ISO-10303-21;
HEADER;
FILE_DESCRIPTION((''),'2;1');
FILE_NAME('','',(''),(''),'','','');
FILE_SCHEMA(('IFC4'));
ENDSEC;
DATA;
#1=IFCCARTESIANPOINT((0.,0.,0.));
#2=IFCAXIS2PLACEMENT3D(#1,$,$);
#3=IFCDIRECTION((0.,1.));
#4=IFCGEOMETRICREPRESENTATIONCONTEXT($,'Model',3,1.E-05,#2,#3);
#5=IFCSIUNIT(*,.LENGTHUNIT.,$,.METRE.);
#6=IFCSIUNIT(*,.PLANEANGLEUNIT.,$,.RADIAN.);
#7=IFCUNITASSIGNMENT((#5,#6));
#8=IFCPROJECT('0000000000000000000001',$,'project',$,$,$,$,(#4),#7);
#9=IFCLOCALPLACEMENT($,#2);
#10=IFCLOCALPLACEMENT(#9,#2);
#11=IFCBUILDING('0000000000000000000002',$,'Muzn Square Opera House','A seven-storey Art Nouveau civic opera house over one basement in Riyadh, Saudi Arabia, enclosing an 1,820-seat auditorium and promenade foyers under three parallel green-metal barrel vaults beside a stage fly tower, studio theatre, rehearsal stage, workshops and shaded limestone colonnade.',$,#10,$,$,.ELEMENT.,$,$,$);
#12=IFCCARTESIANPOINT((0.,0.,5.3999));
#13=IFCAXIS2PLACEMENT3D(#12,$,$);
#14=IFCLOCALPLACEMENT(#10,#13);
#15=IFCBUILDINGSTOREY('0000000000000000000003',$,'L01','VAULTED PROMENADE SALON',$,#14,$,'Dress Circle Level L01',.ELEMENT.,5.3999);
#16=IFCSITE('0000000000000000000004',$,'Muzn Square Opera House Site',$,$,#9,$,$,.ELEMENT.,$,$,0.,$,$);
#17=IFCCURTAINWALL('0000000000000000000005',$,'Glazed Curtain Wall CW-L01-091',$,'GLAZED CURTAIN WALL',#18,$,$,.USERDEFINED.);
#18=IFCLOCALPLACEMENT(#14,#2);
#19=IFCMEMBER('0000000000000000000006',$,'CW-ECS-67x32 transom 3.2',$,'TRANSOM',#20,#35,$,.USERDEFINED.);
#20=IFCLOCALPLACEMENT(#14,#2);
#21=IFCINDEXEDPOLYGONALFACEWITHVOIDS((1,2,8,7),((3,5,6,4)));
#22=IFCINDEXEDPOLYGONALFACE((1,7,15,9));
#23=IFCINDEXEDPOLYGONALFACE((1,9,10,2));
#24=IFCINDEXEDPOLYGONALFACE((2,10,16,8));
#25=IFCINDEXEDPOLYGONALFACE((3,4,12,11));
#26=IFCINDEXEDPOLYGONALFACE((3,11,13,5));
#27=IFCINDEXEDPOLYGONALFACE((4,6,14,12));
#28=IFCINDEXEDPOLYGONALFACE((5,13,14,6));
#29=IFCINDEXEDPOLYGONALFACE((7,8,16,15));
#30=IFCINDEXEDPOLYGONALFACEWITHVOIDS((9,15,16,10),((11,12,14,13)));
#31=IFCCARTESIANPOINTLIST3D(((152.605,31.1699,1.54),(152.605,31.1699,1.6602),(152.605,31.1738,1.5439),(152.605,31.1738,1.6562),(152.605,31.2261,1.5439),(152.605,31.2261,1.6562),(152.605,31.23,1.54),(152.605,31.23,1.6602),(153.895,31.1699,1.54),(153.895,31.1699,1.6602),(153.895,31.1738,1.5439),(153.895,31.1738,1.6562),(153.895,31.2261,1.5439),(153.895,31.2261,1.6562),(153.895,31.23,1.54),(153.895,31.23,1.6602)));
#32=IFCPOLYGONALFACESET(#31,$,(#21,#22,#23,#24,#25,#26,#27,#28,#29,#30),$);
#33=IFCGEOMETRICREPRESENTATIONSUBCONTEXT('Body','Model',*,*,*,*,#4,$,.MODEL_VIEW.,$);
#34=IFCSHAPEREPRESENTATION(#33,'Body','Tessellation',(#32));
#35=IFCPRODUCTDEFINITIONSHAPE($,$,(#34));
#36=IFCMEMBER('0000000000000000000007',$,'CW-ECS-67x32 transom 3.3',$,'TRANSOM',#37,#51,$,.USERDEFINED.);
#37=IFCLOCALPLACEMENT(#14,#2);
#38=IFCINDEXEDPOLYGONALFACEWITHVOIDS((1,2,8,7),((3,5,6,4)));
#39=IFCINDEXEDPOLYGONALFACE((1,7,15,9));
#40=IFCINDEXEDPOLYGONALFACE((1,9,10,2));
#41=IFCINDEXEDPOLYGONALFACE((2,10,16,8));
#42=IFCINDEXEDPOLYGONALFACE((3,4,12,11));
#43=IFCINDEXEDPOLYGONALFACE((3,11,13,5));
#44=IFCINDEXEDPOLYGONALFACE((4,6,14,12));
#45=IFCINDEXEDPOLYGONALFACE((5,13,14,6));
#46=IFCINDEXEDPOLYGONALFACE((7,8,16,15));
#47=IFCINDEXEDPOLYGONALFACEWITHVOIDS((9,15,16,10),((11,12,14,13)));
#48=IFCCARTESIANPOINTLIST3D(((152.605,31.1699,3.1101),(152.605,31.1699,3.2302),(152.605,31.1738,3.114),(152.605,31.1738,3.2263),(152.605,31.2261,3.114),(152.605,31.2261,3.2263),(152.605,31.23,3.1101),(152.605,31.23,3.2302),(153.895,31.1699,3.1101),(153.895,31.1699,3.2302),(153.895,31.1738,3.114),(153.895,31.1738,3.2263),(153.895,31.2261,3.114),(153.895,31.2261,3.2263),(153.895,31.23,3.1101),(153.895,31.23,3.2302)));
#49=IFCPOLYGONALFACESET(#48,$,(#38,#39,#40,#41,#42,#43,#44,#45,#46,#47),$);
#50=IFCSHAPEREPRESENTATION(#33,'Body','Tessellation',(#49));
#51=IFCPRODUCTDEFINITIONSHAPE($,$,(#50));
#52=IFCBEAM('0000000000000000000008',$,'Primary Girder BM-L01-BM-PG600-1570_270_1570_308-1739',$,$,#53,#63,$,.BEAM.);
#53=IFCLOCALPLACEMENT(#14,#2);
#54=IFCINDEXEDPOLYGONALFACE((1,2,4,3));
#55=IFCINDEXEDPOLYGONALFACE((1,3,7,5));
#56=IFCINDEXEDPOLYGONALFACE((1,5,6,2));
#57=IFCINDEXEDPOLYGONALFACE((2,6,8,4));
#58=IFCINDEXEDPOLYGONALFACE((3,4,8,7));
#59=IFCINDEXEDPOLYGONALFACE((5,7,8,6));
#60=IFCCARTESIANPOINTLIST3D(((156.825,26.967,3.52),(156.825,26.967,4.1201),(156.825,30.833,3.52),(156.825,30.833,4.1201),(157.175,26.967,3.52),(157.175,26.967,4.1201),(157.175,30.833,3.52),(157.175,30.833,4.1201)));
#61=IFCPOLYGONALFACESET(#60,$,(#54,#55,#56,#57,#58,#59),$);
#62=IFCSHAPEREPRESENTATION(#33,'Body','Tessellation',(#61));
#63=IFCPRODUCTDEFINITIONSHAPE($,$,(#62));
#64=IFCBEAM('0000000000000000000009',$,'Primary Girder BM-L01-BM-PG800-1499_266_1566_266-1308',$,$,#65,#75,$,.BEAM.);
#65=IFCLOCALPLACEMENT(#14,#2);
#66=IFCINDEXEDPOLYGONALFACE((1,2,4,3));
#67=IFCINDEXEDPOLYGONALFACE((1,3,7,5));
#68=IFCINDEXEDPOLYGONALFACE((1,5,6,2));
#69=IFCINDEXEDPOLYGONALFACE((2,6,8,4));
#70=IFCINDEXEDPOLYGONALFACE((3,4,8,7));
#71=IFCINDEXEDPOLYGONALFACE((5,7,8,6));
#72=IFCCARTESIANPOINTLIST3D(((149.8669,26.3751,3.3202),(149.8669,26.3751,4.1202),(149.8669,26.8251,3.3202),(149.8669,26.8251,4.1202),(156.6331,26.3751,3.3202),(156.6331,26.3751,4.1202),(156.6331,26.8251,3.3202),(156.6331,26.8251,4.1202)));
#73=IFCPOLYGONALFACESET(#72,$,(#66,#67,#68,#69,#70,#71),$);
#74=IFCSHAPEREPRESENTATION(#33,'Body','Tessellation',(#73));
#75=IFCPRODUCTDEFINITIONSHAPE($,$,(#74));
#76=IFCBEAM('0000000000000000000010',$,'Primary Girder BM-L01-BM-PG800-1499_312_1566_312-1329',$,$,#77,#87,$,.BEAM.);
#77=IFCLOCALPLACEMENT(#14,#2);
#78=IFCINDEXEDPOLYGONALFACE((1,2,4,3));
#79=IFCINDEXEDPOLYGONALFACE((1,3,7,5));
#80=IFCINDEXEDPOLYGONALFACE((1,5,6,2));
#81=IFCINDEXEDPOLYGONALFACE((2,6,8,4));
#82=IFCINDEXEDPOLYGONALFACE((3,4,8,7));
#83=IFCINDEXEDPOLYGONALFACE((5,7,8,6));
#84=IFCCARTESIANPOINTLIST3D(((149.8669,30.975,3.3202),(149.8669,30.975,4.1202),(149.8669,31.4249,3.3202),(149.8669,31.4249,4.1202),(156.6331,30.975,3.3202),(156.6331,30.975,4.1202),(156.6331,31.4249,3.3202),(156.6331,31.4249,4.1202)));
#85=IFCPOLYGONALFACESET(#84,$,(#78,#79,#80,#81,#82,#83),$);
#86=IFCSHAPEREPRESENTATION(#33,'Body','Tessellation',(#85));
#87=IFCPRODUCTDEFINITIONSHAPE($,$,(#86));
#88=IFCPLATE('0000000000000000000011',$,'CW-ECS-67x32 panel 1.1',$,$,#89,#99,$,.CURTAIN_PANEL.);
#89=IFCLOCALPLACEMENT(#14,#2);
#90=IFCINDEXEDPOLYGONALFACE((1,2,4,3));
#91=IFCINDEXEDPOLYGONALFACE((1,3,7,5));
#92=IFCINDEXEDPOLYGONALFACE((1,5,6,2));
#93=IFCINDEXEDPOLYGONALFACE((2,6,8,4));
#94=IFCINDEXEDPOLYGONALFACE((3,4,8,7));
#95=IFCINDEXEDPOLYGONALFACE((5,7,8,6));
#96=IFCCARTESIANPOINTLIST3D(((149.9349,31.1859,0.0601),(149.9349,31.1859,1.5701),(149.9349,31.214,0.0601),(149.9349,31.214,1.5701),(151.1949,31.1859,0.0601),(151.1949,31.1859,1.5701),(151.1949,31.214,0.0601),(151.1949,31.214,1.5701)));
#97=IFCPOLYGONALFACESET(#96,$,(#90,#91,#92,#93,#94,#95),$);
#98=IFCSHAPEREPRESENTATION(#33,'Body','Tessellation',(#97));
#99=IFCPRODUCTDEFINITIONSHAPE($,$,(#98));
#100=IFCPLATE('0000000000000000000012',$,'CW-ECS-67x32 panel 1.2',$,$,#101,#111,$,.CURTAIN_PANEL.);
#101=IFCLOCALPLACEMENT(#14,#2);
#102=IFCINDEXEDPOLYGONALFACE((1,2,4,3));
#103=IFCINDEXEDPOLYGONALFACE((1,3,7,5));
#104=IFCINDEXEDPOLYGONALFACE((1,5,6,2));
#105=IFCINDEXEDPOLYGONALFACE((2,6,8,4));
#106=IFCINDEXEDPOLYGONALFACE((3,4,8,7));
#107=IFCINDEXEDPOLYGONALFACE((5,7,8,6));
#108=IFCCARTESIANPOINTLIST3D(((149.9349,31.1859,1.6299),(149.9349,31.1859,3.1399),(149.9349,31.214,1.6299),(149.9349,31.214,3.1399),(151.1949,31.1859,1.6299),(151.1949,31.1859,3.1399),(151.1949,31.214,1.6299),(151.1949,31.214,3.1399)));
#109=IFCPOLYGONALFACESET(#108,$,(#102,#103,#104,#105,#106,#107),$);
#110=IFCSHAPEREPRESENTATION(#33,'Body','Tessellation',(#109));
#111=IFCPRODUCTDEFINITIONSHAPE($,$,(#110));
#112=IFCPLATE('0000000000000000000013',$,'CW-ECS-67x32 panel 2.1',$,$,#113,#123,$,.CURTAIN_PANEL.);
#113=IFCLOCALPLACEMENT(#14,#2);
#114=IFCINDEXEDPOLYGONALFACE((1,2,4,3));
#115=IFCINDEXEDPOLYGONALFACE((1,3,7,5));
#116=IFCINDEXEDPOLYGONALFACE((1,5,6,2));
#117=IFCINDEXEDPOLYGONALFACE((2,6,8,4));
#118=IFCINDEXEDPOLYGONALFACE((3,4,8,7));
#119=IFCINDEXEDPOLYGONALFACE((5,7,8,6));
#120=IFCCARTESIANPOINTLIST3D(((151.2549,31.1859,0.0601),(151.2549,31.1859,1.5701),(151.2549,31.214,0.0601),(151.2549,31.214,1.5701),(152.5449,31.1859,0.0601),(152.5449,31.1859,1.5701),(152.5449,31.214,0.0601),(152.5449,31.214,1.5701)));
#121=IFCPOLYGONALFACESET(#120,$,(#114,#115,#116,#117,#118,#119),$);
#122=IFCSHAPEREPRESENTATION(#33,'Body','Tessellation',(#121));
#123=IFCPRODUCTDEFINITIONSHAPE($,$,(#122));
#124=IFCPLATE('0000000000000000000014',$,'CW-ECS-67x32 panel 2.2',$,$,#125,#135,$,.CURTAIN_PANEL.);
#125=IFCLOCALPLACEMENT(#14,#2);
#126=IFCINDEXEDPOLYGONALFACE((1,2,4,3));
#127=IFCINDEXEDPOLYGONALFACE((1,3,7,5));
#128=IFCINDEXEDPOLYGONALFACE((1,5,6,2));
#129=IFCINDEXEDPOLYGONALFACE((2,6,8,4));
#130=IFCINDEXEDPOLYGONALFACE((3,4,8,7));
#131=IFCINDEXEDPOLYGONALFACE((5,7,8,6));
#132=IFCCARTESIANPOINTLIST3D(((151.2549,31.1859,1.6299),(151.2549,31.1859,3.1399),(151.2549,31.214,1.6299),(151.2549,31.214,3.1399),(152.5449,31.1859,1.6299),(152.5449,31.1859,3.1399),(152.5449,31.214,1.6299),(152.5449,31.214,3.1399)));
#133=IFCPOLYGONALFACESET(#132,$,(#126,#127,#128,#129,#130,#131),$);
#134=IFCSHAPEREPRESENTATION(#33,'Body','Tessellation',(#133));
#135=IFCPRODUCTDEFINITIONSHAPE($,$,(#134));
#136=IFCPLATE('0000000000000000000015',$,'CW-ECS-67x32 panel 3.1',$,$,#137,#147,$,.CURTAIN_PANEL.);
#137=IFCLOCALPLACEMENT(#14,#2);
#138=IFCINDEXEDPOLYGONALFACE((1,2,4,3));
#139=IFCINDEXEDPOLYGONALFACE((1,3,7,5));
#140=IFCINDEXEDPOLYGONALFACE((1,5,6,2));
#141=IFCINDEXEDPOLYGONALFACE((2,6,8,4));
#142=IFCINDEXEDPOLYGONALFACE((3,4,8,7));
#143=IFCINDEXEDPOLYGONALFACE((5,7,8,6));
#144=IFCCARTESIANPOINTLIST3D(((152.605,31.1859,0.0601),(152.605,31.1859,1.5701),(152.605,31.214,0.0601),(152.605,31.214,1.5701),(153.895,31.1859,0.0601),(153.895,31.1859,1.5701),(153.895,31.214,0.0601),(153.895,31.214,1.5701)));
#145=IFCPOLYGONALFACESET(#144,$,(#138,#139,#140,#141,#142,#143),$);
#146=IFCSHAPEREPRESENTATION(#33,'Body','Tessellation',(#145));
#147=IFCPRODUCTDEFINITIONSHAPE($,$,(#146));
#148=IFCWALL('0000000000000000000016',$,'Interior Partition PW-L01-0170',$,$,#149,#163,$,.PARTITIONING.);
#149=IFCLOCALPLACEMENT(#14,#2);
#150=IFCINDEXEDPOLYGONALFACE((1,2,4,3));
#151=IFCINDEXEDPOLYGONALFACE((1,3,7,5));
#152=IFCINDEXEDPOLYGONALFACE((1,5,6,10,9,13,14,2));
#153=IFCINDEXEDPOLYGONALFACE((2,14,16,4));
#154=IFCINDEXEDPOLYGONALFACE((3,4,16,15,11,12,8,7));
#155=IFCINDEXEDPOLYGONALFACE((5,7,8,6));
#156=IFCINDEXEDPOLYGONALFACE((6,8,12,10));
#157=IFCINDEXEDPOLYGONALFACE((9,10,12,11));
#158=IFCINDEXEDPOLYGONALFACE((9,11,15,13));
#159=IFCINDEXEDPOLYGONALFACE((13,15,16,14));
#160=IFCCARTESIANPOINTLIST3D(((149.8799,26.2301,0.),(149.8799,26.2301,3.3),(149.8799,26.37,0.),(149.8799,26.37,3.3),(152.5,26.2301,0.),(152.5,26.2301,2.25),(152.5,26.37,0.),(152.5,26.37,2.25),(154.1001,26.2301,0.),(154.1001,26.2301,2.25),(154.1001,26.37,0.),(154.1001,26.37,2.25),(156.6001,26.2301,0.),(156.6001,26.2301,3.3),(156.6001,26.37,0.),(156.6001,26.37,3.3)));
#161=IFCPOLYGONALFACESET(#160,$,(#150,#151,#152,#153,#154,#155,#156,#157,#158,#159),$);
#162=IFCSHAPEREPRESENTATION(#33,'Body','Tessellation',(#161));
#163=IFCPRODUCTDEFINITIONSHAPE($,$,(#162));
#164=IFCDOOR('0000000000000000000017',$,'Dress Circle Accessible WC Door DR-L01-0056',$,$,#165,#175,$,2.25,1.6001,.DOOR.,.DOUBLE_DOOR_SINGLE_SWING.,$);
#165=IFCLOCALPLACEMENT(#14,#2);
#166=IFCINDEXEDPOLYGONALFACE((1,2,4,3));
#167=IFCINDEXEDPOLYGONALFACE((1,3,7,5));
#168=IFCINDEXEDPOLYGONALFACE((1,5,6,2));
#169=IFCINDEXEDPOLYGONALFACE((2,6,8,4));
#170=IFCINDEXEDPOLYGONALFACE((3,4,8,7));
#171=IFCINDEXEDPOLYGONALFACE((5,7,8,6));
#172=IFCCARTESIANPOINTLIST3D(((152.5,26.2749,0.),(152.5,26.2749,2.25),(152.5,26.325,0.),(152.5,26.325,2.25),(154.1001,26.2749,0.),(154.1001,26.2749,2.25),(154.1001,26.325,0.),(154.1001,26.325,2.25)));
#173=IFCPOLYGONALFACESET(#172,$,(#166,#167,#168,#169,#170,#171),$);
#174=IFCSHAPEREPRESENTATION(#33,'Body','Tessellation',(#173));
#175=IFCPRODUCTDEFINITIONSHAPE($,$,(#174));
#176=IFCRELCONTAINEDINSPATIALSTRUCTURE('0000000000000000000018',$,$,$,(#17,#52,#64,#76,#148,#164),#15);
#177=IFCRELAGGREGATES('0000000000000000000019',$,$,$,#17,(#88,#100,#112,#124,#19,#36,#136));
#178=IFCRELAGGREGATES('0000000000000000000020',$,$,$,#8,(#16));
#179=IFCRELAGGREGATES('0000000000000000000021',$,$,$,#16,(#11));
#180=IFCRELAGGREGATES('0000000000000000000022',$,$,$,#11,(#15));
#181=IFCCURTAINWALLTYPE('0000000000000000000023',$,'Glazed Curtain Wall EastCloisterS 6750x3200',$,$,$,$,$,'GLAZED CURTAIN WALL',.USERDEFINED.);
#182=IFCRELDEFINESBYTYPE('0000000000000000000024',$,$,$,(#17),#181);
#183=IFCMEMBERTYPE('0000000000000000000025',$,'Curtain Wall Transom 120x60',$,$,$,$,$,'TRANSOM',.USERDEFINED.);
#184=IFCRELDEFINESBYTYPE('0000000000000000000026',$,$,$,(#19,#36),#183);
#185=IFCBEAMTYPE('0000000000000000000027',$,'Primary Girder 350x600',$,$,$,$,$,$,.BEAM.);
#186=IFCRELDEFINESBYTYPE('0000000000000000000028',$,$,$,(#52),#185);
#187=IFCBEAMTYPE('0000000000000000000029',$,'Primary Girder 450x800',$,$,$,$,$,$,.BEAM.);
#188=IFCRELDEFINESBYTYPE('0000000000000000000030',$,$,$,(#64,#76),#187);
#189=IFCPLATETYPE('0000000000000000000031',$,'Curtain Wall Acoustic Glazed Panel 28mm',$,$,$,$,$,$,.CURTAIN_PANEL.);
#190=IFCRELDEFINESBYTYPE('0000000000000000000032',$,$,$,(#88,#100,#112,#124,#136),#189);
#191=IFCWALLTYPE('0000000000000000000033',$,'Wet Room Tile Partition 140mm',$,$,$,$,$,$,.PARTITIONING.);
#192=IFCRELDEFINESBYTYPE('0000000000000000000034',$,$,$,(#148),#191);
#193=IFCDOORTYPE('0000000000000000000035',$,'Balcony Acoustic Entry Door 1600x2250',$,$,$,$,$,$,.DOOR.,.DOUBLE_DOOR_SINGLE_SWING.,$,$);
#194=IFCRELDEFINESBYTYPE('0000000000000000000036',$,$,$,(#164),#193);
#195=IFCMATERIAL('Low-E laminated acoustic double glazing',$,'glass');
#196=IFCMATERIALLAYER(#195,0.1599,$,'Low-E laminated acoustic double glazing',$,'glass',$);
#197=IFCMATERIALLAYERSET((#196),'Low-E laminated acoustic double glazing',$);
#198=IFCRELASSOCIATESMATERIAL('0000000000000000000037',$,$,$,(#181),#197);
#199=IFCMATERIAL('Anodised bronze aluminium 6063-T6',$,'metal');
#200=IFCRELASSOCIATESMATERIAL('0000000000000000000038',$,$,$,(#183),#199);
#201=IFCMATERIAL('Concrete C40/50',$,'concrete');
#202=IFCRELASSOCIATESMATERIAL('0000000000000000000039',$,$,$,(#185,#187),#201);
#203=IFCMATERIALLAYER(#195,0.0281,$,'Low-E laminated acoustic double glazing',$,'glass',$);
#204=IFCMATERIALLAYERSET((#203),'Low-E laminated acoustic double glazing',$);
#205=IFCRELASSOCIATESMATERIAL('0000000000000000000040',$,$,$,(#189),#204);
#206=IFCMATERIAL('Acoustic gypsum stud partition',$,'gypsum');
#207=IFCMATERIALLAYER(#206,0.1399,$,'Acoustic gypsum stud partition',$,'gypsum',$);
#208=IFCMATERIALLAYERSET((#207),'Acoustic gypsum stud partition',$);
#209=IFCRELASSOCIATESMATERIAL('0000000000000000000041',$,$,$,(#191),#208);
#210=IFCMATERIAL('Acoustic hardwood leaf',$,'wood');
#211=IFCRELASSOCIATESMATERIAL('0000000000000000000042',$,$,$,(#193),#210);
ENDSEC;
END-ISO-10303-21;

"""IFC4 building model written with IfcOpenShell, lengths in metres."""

from ifc_helpers import new_model, si_unit, direction, frame, frame_2d, origin, origin_2d, place, context, subcontext, project, spatial, rectangle, hollow_rectangle, extrude, material, layer, layer_set, material_profile, profile_set, type_object, element, fill, aggregate, save


model = new_model("IFC4")

# Units and contexts
model_context = context("Model", 3, precision=1e-05, world=origin(), true_north=direction((0.0, 1.0)))
body_context = subcontext(model_context, "Body", "Model", "MODEL_VIEW")
ifc_project = project(units=[si_unit("LENGTHUNIT", "METRE"), si_unit("PLANEANGLEUNIT", "RADIAN")], contexts=[model_context])

# Site, building, storey
site_placement = place(None, origin())
site = spatial("IfcSite", under=ifc_project, at=site_placement, Name="Muzn Square Opera House Site", CompositionType="ELEMENT", RefElevation=0.0)
building_placement = place(site_placement, origin())
building = spatial("IfcBuilding", under=site, at=building_placement, Name="Muzn Square Opera House", Description="A seven-storey Art Nouveau civic opera house over one basement in Riyadh, Saudi Arabia, enclosing an 1,820-seat auditorium and promenade foyers under three parallel green-metal barrel vaults beside a stage fly tower, studio theatre, rehearsal stage, workshops and shaded limestone colonnade.", CompositionType="ELEMENT")
storey_placement = place(building_placement, frame((0.0, 0.0, 5.3999)))
storey = spatial("IfcBuildingStorey", under=building, at=storey_placement, Name="L01", Description="VAULTED PROMENADE SALON", LongName="Dress Circle Level L01", CompositionType="ELEMENT", Elevation=5.3999)

# Curtain wall, members
ifc_material_1 = material(Name="Low-E laminated acoustic double glazing", Category="glass")
ifc_layer_1 = layer(ifc_material_1, 0.1599, Name="Low-E laminated acoustic double glazing", Category="glass")
ifc_layer_set_1 = layer_set([ifc_layer_1], Name="Low-E laminated acoustic double glazing")
curtain_wall_type = type_object("IfcCurtainWallType", Name="Glazed Curtain Wall EastCloisterS 6750x3200", ElementType="GLAZED CURTAIN WALL", PredefinedType="USERDEFINED", material=ifc_layer_set_1)
curtain_wall_placement = place(storey_placement, origin())
curtain_wall = element("IfcCurtainWall", 1, at=curtain_wall_placement, inside=storey, type_object=curtain_wall_type, Name="Glazed Curtain Wall CW-L01-091", ObjectType="GLAZED CURTAIN WALL", PredefinedType="USERDEFINED")
ifc_material_2 = material(Name="Anodised bronze aluminium 6063-T6", Category="metal")
ifc_material_profile_1 = material_profile(ifc_material_2, hollow_rectangle(XDim=0.0601, YDim=0.1201, WallThickness=0.0039, at=origin_2d()), Name="ALU 120x60x4", Category="metal")
ifc_profile_set_1 = profile_set([ifc_material_profile_1], Name="Anodised bronze aluminium 6063-T6")
member_type_1 = type_object("IfcMemberType", Name="Curtain Wall Transom 120x60", ElementType="TRANSOM", PredefinedType="USERDEFINED", material=ifc_profile_set_1)
member_1_placement = place(storey_placement, frame((152.605, 31.2, 1.6001), z_axis=(1.0, 0.0, 0.0), x_axis=(0.0, 1.0, 0.0)))
member_1 = element("IfcMember", 2, at=member_1_placement, type_object=member_type_1, Name="CW-ECS-67x32 transom 3.2", ObjectType="TRANSOM", PredefinedType="USERDEFINED", context=body_context, shape_type="SweptSolid", body=[
    extrude(hollow_rectangle(XDim=0.0601, YDim=0.1201, WallThickness=0.0039, at=origin_2d()), origin(), (0.0, 0.0, 1.0), 1.29),
])
member_2_placement = place(storey_placement, frame((152.605, 31.2, 3.1702), z_axis=(1.0, 0.0, 0.0), x_axis=(0.0, 1.0, 0.0)))
member_2 = element("IfcMember", 3, at=member_2_placement, type_object=member_type_1, Name="CW-ECS-67x32 transom 3.3", ObjectType="TRANSOM", PredefinedType="USERDEFINED", context=body_context, shape_type="SweptSolid", body=[
    extrude(hollow_rectangle(XDim=0.0601, YDim=0.1201, WallThickness=0.0039, at=origin_2d()), origin(), (0.0, 0.0, 1.0), 1.29),
])

# Beams
ifc_material_3 = material(Name="Concrete C40/50", Category="concrete")
ifc_material_profile_2 = material_profile(ifc_material_3, rectangle(XDim=0.3501, YDim=0.6001, at=origin_2d()), Name="RCB 350x600", Category="concrete")
ifc_profile_set_2 = profile_set([ifc_material_profile_2], Name="Concrete C40/50")
beam_type_1 = type_object("IfcBeamType", Name="Primary Girder 350x600", PredefinedType="BEAM", material=ifc_profile_set_2)
beam_placement = place(storey_placement, frame((157.0, 26.967, 3.8201), z_axis=(0.0, 1.0, 0.0), x_axis=(-1.0, 0.0, 0.0)))
element("IfcBeam", 4, at=beam_placement, inside=storey, type_object=beam_type_1, Name="Primary Girder BM-L01-BM-PG600-1570_270_1570_308-1739", PredefinedType="BEAM", context=body_context, shape_type="SweptSolid", body=[
    extrude(rectangle(XDim=0.3501, YDim=0.6001, at=origin_2d()), origin(), (0.0, 0.0, 1.0), 3.866),
])
ifc_material_profile_3 = material_profile(ifc_material_3, rectangle(XDim=0.45, YDim=0.8, at=origin_2d()), Name="RCB 450x800", Category="concrete")
ifc_profile_set_3 = profile_set([ifc_material_profile_3], Name="Concrete C40/50")
beam_type_2 = type_object("IfcBeamType", Name="Primary Girder 450x800", PredefinedType="BEAM", material=ifc_profile_set_3)
for number, where, z_axis, x_axis, name in (
    (5, (149.8669, 26.6001, 3.7202), (1.0, 0.0, 0.0), (0.0, 1.0, 0.0), "Primary Girder BM-L01-BM-PG800-1499_266_1566_266-1308"),
    (6, (149.8669, 31.2, 3.7202), (1.0, 0.0, 0.0), (0.0, 1.0, 0.0), "Primary Girder BM-L01-BM-PG800-1499_312_1566_312-1329"),
):
    element("IfcBeam", number, at=place(storey_placement, frame(where, z_axis=z_axis, x_axis=x_axis)), inside=storey, type_object=beam_type_2, Name=name, PredefinedType="BEAM", context=body_context, shape_type="SweptSolid", body=[
        extrude(rectangle(XDim=0.45, YDim=0.8, at=origin_2d()), origin(), (0.0, 0.0, 1.0), 6.7661),
    ])

# Plates
ifc_layer_2 = layer(ifc_material_1, 0.0281, Name="Low-E laminated acoustic double glazing", Category="glass")
ifc_layer_set_2 = layer_set([ifc_layer_2], Name="Low-E laminated acoustic double glazing")
plate_type = type_object("IfcPlateType", Name="Curtain Wall Acoustic Glazed Panel 28mm", PredefinedType="CURTAIN_PANEL", material=ifc_layer_set_2)
plate_1_placement = place(storey_placement, frame((150.5649, 31.2, 0.0601), z_axis=(0.0, 0.0, 1.0), x_axis=(1.0, 0.0, 0.0)))
plate_1 = element("IfcPlate", 7, at=plate_1_placement, type_object=plate_type, Name="CW-ECS-67x32 panel 1.1", PredefinedType="CURTAIN_PANEL", context=body_context, shape_type="SweptSolid", body=[
    extrude(rectangle(XDim=1.26, YDim=0.0281, at=origin_2d()), origin(), (0.0, 0.0, 1.0), 1.51),
])
plate_2_placement = place(storey_placement, frame((150.5649, 31.2, 1.6299), z_axis=(0.0, 0.0, 1.0), x_axis=(1.0, 0.0, 0.0)))
plate_2 = element("IfcPlate", 8, at=plate_2_placement, type_object=plate_type, Name="CW-ECS-67x32 panel 1.2", PredefinedType="CURTAIN_PANEL", context=body_context, shape_type="SweptSolid", body=[
    extrude(rectangle(XDim=1.26, YDim=0.0281, at=origin_2d()), origin(), (0.0, 0.0, 1.0), 1.51),
])
plate_3_placement = place(storey_placement, frame((151.8999, 31.2, 0.0601), z_axis=(0.0, 0.0, 1.0), x_axis=(1.0, 0.0, 0.0)))
plate_3 = element("IfcPlate", 9, at=plate_3_placement, type_object=plate_type, Name="CW-ECS-67x32 panel 2.1", PredefinedType="CURTAIN_PANEL", context=body_context, shape_type="SweptSolid", body=[
    extrude(rectangle(XDim=1.29, YDim=0.0281, at=origin_2d()), origin(), (0.0, 0.0, 1.0), 1.51),
])
plate_4_placement = place(storey_placement, frame((151.8999, 31.2, 1.6299), z_axis=(0.0, 0.0, 1.0), x_axis=(1.0, 0.0, 0.0)))
plate_4 = element("IfcPlate", 10, at=plate_4_placement, type_object=plate_type, Name="CW-ECS-67x32 panel 2.2", PredefinedType="CURTAIN_PANEL", context=body_context, shape_type="SweptSolid", body=[
    extrude(rectangle(XDim=1.29, YDim=0.0281, at=origin_2d()), origin(), (0.0, 0.0, 1.0), 1.51),
])
plate_5_placement = place(storey_placement, frame((153.25, 31.2, 0.0601), z_axis=(0.0, 0.0, 1.0), x_axis=(1.0, 0.0, 0.0)))
plate_5 = element("IfcPlate", 11, at=plate_5_placement, type_object=plate_type, Name="CW-ECS-67x32 panel 3.1", PredefinedType="CURTAIN_PANEL", context=body_context, shape_type="SweptSolid", body=[
    extrude(rectangle(XDim=1.29, YDim=0.0281, at=origin_2d()), origin(), (0.0, 0.0, 1.0), 1.51),
])
aggregate(curtain_wall, [plate_1, plate_2, plate_3, plate_4, member_1, member_2, plate_5])

# Wall, opening, door
ifc_material_4 = material(Name="Acoustic gypsum stud partition", Category="gypsum")
ifc_layer_3 = layer(ifc_material_4, 0.1399, Name="Acoustic gypsum stud partition", Category="gypsum")
ifc_layer_set_3 = layer_set([ifc_layer_3], Name="Acoustic gypsum stud partition")
wall_type = type_object("IfcWallType", Name="Wet Room Tile Partition 140mm", PredefinedType="PARTITIONING", material=ifc_layer_set_3)
wall_placement = place(storey_placement, frame((149.8799, 26.3, 0.0), z_axis=(0.0, 0.0, 1.0), x_axis=(1.0, 0.0, 0.0)))
wall = element("IfcWall", 12, at=wall_placement, inside=storey, type_object=wall_type, Name="Interior Partition PW-L01-0170", PredefinedType="PARTITIONING", context=body_context, shape_type="SweptSolid", body=[
    extrude(rectangle(XDim=6.7202, YDim=0.1399, at=frame_2d((3.3601, 0.0))), origin(), (0.0, 0.0, 1.0), 3.3),
])
opening_placement = place(wall_placement, frame((2.6201, 0.0, 0.0)))
opening = element("IfcOpeningElement", 13, at=opening_placement, cuts=wall, PredefinedType="OPENING", context=body_context, shape_type="SweptSolid", body=[
    extrude(rectangle(XDim=1.6001, YDim=2.25, at=frame_2d((0.8, 1.125))), frame((0.0, 0.0798, 0.0), z_axis=(0.0, -1.0, 0.0), x_axis=(1.0, 0.0, 0.0)), (0.0, 0.0, 1.0), 0.1599),
])
ifc_material_5 = material(Name="Acoustic hardwood leaf", Category="wood")
door_type = type_object("IfcDoorType", Name="Balcony Acoustic Entry Door 1600x2250", OperationType="DOUBLE_DOOR_SINGLE_SWING", PredefinedType="DOOR", material=ifc_material_5)
door_placement = place(opening_placement, origin())
door = element("IfcDoor", 14, at=door_placement, inside=storey, type_object=door_type, Name="Dress Circle Accessible WC Door DR-L01-0056", OperationType="DOUBLE_DOOR_SINGLE_SWING", OverallHeight=2.25, OverallWidth=1.6001, PredefinedType="DOOR", context=body_context, shape_type="SweptSolid", body=[
    extrude(rectangle(XDim=1.6001, YDim=2.25, at=frame_2d((0.8, 1.125))), frame((0.0, 0.0249, 0.0), z_axis=(0.0, -1.0, 0.0), x_axis=(1.0, 0.0, 0.0)), (0.0, 0.0, 1.0), 0.05),
])
fill(opening, door)

save(model, "model.ifc")
